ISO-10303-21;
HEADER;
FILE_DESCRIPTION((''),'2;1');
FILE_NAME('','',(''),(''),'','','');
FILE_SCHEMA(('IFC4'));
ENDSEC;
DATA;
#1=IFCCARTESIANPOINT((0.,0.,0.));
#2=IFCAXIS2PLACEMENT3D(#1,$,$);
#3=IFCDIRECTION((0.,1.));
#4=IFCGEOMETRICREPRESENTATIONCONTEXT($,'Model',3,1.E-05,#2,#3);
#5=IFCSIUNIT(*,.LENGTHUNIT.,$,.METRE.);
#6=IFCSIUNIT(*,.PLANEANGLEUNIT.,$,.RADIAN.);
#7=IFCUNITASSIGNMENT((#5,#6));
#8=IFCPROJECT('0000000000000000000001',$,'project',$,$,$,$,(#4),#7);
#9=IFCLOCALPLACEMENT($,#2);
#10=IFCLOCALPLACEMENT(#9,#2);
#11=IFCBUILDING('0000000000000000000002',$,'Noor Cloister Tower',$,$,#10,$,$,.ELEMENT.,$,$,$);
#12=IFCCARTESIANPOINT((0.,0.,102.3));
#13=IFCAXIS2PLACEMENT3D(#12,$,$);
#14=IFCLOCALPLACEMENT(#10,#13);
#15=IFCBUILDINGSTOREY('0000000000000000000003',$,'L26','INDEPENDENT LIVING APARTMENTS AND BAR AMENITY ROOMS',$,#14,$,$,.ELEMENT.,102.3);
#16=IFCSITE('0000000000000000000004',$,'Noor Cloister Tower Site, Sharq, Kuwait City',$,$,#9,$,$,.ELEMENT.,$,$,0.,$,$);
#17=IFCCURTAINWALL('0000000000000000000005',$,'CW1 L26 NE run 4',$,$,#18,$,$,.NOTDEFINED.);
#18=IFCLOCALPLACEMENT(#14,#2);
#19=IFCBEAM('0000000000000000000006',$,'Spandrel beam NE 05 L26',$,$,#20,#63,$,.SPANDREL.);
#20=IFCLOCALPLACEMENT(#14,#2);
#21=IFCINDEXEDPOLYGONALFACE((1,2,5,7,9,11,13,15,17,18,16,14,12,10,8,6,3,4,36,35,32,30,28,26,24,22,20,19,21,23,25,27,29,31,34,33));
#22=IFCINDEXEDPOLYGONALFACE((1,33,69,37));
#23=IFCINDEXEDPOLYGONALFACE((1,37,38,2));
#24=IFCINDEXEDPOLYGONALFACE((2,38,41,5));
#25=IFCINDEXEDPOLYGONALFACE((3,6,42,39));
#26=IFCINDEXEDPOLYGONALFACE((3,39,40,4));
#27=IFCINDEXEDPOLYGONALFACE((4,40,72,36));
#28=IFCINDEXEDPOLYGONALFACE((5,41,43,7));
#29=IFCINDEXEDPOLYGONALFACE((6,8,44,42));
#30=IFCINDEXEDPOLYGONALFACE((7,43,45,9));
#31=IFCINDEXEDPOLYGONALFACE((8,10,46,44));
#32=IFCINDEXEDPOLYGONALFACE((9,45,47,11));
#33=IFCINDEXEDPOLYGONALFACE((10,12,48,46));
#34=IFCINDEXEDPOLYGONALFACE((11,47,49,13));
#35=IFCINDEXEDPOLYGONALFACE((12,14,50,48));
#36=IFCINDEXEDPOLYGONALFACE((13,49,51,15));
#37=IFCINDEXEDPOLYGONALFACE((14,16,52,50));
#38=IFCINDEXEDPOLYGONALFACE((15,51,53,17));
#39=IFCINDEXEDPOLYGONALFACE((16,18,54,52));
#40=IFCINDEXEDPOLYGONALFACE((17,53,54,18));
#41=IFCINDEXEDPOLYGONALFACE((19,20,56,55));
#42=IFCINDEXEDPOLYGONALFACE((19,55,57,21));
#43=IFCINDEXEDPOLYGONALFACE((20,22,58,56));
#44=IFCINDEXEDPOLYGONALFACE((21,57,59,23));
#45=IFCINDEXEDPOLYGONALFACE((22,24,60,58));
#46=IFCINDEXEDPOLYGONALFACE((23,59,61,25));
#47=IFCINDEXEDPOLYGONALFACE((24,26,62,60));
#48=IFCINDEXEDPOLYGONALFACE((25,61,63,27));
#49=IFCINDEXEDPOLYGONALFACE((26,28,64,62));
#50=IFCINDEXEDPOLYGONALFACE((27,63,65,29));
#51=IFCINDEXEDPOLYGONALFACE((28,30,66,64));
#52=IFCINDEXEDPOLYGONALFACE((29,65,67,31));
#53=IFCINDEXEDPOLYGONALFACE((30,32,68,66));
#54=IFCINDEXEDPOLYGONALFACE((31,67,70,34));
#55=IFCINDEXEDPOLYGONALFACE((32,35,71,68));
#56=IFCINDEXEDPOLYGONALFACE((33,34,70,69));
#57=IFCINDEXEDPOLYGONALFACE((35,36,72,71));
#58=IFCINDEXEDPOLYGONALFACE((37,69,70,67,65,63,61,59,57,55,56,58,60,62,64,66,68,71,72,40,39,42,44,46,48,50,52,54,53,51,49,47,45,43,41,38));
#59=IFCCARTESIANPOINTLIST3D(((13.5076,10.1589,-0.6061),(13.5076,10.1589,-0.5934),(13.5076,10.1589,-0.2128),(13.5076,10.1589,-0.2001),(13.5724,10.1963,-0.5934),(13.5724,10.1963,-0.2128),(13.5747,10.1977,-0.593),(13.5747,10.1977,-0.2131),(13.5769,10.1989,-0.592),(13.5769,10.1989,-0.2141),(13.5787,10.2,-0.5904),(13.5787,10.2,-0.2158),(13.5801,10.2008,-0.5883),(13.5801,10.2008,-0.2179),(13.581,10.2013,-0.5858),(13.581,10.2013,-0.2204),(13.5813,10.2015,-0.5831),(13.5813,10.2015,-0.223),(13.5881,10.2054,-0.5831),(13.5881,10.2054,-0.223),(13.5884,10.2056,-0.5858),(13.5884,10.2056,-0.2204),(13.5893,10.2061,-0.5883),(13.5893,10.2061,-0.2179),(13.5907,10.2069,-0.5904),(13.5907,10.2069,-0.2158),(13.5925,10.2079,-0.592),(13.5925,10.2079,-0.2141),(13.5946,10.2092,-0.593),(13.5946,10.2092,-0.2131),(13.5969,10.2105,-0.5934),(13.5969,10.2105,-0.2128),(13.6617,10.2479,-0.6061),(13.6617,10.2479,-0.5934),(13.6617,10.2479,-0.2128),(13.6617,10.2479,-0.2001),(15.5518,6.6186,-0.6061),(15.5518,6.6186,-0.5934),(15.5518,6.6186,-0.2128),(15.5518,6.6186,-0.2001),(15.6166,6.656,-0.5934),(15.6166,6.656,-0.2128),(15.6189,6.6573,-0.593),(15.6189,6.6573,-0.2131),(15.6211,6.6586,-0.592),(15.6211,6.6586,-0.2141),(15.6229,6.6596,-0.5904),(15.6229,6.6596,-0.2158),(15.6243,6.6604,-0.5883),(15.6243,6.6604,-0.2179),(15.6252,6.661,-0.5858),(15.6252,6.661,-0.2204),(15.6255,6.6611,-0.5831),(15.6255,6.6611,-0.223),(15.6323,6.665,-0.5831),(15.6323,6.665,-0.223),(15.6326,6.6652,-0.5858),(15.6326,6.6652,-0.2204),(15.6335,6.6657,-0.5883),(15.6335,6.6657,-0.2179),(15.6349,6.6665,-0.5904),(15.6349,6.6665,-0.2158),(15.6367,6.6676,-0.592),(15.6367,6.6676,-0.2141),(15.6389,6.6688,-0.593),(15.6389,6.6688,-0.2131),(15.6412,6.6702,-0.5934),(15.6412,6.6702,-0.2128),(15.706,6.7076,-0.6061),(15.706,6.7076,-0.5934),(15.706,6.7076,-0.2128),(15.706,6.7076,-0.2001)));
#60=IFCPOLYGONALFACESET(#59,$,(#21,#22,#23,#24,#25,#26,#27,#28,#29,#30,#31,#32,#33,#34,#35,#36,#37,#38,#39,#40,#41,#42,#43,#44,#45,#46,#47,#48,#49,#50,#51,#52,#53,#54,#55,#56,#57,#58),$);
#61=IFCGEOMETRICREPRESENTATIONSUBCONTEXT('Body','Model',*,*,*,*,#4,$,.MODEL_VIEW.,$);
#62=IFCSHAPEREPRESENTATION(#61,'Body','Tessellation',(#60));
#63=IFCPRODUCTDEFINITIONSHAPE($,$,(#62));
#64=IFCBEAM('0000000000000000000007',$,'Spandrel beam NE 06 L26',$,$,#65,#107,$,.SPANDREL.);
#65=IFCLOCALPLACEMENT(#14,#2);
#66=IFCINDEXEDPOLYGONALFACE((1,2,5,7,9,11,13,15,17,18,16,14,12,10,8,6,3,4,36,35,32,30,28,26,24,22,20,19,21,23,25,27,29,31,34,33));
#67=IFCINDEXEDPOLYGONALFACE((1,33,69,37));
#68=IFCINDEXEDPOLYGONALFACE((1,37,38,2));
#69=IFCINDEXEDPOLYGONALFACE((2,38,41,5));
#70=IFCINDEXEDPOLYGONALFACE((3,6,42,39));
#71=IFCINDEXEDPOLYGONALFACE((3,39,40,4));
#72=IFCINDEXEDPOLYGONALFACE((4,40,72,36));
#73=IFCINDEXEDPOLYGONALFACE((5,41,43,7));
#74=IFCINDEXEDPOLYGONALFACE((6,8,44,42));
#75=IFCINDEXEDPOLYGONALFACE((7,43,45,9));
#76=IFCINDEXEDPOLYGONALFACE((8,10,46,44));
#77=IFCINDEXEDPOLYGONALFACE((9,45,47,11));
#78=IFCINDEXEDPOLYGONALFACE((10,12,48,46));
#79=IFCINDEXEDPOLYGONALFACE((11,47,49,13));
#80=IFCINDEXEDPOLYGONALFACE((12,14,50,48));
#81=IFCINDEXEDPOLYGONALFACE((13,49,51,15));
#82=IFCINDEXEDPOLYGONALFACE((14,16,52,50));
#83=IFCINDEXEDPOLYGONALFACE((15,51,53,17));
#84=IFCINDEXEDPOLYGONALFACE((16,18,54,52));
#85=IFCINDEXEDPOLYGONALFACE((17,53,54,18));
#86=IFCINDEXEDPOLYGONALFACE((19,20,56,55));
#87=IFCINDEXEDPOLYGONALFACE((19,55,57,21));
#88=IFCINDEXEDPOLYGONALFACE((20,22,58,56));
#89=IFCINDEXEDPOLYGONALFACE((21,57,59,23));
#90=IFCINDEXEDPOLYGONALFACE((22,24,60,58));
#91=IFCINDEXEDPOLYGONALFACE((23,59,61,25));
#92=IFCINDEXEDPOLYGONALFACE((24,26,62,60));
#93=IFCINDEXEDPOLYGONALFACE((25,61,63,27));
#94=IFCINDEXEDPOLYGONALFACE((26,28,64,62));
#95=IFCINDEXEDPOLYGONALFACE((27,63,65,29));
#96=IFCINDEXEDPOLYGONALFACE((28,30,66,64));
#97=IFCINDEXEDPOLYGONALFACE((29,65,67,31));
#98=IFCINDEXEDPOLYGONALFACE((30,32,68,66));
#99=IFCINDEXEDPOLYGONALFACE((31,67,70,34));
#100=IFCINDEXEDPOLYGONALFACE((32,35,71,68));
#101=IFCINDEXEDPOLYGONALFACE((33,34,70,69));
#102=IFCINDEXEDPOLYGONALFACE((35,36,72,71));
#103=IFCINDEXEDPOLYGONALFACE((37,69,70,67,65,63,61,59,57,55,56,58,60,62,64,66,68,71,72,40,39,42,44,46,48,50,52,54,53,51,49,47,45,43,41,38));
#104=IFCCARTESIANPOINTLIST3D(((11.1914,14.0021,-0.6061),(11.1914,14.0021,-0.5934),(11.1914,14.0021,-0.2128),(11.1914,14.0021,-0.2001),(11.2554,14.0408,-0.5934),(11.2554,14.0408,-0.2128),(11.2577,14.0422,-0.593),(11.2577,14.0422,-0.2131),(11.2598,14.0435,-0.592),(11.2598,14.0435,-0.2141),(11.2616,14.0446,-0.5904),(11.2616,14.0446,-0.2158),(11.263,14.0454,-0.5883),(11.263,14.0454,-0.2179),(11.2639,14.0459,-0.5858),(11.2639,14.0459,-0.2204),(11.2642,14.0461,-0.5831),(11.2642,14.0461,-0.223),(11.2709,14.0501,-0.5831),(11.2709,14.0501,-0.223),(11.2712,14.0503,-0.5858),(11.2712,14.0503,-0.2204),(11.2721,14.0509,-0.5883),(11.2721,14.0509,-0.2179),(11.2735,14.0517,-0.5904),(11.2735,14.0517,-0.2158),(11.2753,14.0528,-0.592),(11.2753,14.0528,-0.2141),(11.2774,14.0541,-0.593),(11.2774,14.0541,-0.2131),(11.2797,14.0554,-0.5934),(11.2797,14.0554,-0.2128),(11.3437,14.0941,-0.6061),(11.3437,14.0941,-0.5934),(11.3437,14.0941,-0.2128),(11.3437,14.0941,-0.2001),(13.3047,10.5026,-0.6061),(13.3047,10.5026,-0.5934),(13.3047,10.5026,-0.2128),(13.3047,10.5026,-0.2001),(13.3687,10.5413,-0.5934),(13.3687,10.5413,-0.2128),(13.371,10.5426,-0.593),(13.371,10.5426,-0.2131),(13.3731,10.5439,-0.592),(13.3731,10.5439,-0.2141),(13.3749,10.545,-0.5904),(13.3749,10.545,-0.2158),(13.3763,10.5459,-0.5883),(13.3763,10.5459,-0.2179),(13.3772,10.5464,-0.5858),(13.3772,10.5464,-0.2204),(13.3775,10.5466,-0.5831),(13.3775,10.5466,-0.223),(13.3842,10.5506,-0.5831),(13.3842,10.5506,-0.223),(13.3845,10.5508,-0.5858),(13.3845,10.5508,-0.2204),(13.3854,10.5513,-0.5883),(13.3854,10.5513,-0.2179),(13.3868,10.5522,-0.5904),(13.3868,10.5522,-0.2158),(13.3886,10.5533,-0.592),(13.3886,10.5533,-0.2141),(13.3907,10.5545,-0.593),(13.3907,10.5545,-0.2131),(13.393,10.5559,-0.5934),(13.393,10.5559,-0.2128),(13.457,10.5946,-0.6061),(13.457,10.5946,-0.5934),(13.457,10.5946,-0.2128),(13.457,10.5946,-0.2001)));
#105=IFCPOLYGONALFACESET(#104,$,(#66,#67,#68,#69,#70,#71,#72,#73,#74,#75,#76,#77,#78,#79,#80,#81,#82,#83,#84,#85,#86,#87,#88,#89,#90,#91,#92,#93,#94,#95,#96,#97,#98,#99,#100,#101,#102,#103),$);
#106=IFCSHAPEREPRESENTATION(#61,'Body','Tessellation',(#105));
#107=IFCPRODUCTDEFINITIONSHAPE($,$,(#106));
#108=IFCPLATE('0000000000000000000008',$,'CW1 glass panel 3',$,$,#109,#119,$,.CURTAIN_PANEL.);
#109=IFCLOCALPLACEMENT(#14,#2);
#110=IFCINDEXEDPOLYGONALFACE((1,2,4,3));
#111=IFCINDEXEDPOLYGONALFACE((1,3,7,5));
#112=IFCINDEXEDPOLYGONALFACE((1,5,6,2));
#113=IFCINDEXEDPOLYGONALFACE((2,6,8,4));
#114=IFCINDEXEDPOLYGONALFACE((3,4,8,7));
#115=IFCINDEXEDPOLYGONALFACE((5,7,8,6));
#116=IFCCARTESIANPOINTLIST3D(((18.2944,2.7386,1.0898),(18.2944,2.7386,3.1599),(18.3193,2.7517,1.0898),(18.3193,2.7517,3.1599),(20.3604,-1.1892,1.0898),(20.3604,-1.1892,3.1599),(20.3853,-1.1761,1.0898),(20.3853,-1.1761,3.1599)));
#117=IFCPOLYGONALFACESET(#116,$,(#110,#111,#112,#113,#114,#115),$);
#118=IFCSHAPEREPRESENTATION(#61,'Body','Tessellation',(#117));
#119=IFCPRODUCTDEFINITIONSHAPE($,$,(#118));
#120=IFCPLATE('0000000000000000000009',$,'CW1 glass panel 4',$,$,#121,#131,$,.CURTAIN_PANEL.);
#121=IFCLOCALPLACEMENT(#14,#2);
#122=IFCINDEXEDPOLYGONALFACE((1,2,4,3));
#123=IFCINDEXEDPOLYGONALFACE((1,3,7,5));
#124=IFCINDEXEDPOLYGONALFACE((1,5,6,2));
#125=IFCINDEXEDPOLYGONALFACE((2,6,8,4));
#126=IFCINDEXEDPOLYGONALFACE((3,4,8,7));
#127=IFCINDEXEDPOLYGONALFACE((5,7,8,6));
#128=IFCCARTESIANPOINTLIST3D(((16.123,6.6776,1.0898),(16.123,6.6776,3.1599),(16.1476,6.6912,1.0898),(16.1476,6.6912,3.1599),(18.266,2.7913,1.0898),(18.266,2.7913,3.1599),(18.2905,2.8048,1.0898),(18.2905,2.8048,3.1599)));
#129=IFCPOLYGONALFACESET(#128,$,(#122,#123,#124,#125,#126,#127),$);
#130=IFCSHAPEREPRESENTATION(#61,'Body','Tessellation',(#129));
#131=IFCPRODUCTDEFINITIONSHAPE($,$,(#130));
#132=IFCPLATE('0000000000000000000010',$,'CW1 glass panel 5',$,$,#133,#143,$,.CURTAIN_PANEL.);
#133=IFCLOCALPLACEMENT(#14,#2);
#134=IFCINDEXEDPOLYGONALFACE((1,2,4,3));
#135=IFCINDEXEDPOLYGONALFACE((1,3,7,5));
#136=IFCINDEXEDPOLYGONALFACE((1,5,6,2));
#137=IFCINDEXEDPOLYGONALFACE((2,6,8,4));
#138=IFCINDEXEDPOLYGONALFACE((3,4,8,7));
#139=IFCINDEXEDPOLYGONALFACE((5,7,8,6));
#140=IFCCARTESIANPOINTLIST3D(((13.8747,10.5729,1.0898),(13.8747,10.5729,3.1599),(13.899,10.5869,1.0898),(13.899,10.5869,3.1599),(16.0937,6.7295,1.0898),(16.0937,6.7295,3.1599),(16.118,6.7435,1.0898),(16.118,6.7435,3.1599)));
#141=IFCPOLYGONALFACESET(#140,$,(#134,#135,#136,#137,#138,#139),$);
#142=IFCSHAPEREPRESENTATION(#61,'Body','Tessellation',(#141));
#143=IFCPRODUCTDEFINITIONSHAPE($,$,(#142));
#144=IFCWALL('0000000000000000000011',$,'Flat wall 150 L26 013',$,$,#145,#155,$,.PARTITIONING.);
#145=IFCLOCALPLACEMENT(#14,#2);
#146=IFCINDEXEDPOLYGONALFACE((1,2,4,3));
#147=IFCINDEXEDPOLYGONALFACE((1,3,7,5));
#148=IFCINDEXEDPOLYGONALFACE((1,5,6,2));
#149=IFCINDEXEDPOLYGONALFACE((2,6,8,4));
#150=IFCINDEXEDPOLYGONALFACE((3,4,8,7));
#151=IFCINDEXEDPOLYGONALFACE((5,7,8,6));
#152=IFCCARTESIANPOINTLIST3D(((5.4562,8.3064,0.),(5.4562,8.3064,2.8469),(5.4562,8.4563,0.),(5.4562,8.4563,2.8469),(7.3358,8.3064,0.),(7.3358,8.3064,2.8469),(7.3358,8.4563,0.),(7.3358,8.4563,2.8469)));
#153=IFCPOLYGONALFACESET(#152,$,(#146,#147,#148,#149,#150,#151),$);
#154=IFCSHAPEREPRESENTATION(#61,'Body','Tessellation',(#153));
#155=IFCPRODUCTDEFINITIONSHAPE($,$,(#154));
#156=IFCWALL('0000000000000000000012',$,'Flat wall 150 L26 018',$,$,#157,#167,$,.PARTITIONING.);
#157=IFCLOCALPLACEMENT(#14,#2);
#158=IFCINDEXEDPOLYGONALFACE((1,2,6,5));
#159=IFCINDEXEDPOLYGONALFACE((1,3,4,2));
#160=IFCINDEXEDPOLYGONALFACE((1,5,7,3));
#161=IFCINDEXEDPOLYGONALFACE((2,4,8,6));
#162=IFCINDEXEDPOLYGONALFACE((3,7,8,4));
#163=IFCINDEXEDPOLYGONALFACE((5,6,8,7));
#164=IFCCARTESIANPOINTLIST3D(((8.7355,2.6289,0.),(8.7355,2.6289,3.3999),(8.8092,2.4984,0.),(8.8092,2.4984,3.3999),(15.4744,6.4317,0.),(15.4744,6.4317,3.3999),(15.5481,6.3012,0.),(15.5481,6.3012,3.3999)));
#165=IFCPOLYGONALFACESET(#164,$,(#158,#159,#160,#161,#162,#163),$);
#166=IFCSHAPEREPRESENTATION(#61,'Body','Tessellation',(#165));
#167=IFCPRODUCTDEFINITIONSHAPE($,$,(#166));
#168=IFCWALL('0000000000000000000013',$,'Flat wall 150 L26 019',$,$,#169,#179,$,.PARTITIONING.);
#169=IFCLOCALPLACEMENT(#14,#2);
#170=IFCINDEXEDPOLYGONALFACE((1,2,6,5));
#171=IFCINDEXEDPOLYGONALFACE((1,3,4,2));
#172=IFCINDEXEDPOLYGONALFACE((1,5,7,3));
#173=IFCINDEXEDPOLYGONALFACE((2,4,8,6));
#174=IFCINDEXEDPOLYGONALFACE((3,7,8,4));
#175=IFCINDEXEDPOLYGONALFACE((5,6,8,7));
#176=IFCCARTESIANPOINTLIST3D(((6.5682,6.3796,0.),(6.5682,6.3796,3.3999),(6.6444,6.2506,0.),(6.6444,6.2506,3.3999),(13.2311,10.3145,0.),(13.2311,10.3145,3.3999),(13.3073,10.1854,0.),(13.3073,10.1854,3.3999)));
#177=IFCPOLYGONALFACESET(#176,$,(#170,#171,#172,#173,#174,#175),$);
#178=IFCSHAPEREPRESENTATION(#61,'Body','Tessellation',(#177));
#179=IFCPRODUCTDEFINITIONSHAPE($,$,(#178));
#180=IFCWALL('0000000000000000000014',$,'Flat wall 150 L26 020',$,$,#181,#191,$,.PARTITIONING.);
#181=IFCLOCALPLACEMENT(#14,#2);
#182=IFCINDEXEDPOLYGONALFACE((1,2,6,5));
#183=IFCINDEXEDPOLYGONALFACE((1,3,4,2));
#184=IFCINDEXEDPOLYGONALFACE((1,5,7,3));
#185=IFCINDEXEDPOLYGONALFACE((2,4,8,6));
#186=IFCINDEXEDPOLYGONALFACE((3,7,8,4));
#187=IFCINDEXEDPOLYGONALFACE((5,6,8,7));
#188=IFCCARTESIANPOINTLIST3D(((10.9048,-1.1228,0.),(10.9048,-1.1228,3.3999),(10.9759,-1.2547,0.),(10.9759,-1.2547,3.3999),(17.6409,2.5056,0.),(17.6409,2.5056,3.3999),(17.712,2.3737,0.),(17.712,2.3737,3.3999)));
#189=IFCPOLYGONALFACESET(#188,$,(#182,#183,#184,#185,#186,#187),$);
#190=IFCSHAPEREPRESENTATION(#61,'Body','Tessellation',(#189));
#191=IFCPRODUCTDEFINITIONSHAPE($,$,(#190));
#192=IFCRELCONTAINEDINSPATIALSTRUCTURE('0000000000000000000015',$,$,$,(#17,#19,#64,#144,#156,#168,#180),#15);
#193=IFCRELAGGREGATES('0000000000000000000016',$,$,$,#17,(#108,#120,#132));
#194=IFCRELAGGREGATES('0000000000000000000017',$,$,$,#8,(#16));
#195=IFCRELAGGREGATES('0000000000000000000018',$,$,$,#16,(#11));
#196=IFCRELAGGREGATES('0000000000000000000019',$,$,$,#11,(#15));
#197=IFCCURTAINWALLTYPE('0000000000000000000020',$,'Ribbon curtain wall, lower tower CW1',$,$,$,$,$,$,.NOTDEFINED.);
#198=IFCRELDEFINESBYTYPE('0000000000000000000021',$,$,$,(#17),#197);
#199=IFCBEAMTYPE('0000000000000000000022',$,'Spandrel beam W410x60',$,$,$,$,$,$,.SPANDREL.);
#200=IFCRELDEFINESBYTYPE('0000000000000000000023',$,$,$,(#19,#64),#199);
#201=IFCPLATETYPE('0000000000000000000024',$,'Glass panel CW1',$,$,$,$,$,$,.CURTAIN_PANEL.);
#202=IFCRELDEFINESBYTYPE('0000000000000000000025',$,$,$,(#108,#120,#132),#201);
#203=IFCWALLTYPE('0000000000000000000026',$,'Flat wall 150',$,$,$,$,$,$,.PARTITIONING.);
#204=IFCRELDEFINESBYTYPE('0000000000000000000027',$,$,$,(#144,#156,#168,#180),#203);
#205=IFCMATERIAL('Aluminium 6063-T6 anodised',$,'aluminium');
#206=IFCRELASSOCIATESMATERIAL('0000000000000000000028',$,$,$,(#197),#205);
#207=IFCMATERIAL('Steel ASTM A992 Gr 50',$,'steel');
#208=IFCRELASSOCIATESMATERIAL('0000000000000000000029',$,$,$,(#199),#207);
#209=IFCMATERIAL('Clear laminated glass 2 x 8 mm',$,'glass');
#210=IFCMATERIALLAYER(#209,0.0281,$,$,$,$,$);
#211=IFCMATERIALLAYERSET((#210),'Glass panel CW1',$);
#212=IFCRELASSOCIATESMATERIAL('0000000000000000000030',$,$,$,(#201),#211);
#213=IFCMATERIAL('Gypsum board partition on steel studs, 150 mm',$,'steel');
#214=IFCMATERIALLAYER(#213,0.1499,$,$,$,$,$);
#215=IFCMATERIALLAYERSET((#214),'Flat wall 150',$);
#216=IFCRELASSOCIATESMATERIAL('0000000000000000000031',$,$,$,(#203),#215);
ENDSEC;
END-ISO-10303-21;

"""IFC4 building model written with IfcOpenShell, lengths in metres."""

from ifc_helpers import new_model, si_unit, direction, frame, frame_2d, origin, origin_2d, place, context, subcontext, project, spatial, rectangle, i_section, extrude, material, layer, layer_set, material_profile, profile_set, type_object, element, aggregate, save


model = new_model("IFC4")

# Units and contexts
model_context = context("Model", 3, precision=1e-05, world=origin(), true_north=direction((0.0, 1.0)))
body_context = subcontext(model_context, "Body", "Model", "MODEL_VIEW")
ifc_project = project(units=[si_unit("LENGTHUNIT", "METRE"), si_unit("PLANEANGLEUNIT", "RADIAN")], contexts=[model_context])

# Site, building, storey
site_placement = place(None, origin())
site = spatial("IfcSite", under=ifc_project, at=site_placement, Name="Noor Cloister Tower Site, Sharq, Kuwait City", CompositionType="ELEMENT", RefElevation=0.0)
building_placement = place(site_placement, origin())
building = spatial("IfcBuilding", under=site, at=building_placement, Name="Noor Cloister Tower", CompositionType="ELEMENT")
storey_placement = place(building_placement, frame((0.0, 0.0, 102.3)))
storey = spatial("IfcBuildingStorey", under=building, at=storey_placement, Name="L26", Description="INDEPENDENT LIVING APARTMENTS AND BAR AMENITY ROOMS", CompositionType="ELEMENT", Elevation=102.3)

# Curtain wall
ifc_material_1 = material(Name="Aluminium 6063-T6 anodised", Category="aluminium")
curtain_wall_type = type_object("IfcCurtainWallType", Name="Ribbon curtain wall, lower tower CW1", PredefinedType="NOTDEFINED", material=ifc_material_1)
curtain_wall_placement = place(storey_placement, origin())
curtain_wall = element("IfcCurtainWall", 1, at=curtain_wall_placement, inside=storey, type_object=curtain_wall_type, Name="CW1 L26 NE run 4", PredefinedType="NOTDEFINED")

# Beams
ifc_material_2 = material(Name="Steel ASTM A992 Gr 50", Category="steel")
ifc_material_profile_1 = material_profile(ifc_material_2, i_section(OverallWidth=0.178, OverallDepth=0.406, WebThickness=0.0078, FlangeThickness=0.0127, FilletRadius=0.0103, at=origin_2d()), Name="W410x60")
ifc_profile_set_1 = profile_set([ifc_material_profile_1], Name="Steel ASTM A992 Gr 50")
beam_type_1 = type_object("IfcBeamType", Name="Spandrel beam W410x60", PredefinedType="SPANDREL", material=ifc_profile_set_1)
for number, where, z_axis, x_axis, name in (
    (2, (15.6289, 6.6631, -0.4031), (-0.500038, 0.866004, 0.0), (-0.866004, -0.500038, 0.0), "Spandrel beam NE 05 L26"),
    (3, (13.3809, 10.5486, -0.4031), (-0.516935, 0.856025, 0.0), (-0.856025, -0.516935, 0.0), "Spandrel beam NE 06 L26"),
):
    element("IfcBeam", number, at=place(storey_placement, frame(where, z_axis=z_axis, x_axis=x_axis)), inside=storey, type_object=beam_type_1, Name=name, PredefinedType="SPANDREL", context=body_context, shape_type="SweptSolid", body=[
        extrude(i_section(OverallWidth=0.178, OverallDepth=0.406, WebThickness=0.0078, FlangeThickness=0.0127, FilletRadius=0.0103, at=origin_2d()), origin(), (0.0, 0.0, 1.0), 4.0881),
    ])

# Plates
ifc_material_3 = material(Name="Clear laminated glass 2 x 8 mm", Category="glass")
ifc_layer_1 = layer(ifc_material_3, 0.0281)
ifc_layer_set_1 = layer_set([ifc_layer_1], Name="Glass panel CW1")
plate_type = type_object("IfcPlateType", Name="Glass panel CW1", PredefinedType="CURTAIN_PANEL", material=ifc_layer_set_1)
plate_1_placement = place(storey_placement, frame((19.3398, 0.7812, 1.0898), z_axis=(0.0, 0.0, 1.0), x_axis=(-0.465529, 0.885033, 0.0)))
plate_1 = element("IfcPlate", 4, at=plate_1_placement, type_object=plate_type, Name="CW1 glass panel 3", PredefinedType="CURTAIN_PANEL", context=body_context, shape_type="SweptSolid", body=[
    extrude(rectangle(XDim=4.438, YDim=0.0281, at=origin_2d()), origin(), (0.0, 0.0, 1.0), 2.0701),
])
plate_2_placement = place(storey_placement, frame((17.2068, 4.7412, 1.0898), z_axis=(0.0, 0.0, 1.0), x_axis=(-0.482858, 0.875699, 0.0)))
plate_2 = element("IfcPlate", 5, at=plate_2_placement, type_object=plate_type, Name="CW1 glass panel 4", PredefinedType="CURTAIN_PANEL", context=body_context, shape_type="SweptSolid", body=[
    extrude(rectangle(XDim=4.438, YDim=0.0281, at=origin_2d()), origin(), (0.0, 0.0, 1.0), 2.0701),
])
plate_3_placement = place(storey_placement, frame((14.9963, 8.6582, 1.0898), z_axis=(0.0, 0.0, 1.0), x_axis=(-0.5, 0.866025, 0.0)))
plate_3 = element("IfcPlate", 6, at=plate_3_placement, type_object=plate_type, Name="CW1 glass panel 5", PredefinedType="CURTAIN_PANEL", context=body_context, shape_type="SweptSolid", body=[
    extrude(rectangle(XDim=4.438, YDim=0.0281, at=origin_2d()), origin(), (0.0, 0.0, 1.0), 2.0701),
])
aggregate(curtain_wall, [plate_1, plate_2, plate_3])

# Walls
ifc_material_4 = material(Name="Gypsum board partition on steel studs, 150 mm", Category="steel")
ifc_layer_2 = layer(ifc_material_4, 0.1499)
ifc_layer_set_2 = layer_set([ifc_layer_2], Name="Flat wall 150")
wall_type_1 = type_object("IfcWallType", Name="Flat wall 150", PredefinedType="PARTITIONING", material=ifc_layer_set_2)
wall_1_placement = place(storey_placement, frame((5.4561, 8.3813, 0.0), z_axis=(0.0, 0.0, 1.0), x_axis=(1.0, 0.0, 0.0)))
element("IfcWall", 7, at=wall_1_placement, inside=storey, type_object=wall_type_1, Name="Flat wall 150 L26 013", PredefinedType="PARTITIONING", context=body_context, shape_type="SweptSolid", body=[
    extrude(rectangle(XDim=1.8796, YDim=0.1499, at=frame_2d((0.9399, 0.0))), origin(), (0.0, 0.0, 1.0), 2.8469),
])
wall_2_placement = place(storey_placement, frame((15.5112, 6.3665, 0.0), z_axis=(0.0, 0.0, 1.0), x_axis=(-0.870902, -0.491456, 0.0)))
element("IfcWall", 8, at=wall_2_placement, inside=storey, type_object=wall_type_1, Name="Flat wall 150 L26 018", PredefinedType="PARTITIONING", context=body_context, shape_type="SweptSolid", body=[
    extrude(rectangle(XDim=7.7378, YDim=0.1499, at=frame_2d((3.8689, 0.0))), origin(), (0.0, 0.0, 1.0), 3.3999),
])
wall_3_placement = place(storey_placement, frame((13.2693, 10.25, 0.0), z_axis=(0.0, 0.0, 1.0), x_axis=(-0.861058, -0.508507, 0.0)))
element("IfcWall", 9, at=wall_3_placement, inside=storey, type_object=wall_type_1, Name="Flat wall 150 L26 019", PredefinedType="PARTITIONING", context=body_context, shape_type="SweptSolid", body=[
    extrude(rectangle(XDim=7.738, YDim=0.1499, at=frame_2d((3.8691, 0.0))), origin(), (0.0, 0.0, 1.0), 3.3999),
])
wall_4_placement = place(storey_placement, frame((17.6765, 2.4397, 0.0), z_axis=(0.0, 0.0, 1.0), x_axis=(-0.8804, -0.474231, 0.0)))
element("IfcWall", 10, at=wall_4_placement, inside=storey, type_object=wall_type_1, Name="Flat wall 150 L26 020", PredefinedType="PARTITIONING", context=body_context, shape_type="SweptSolid", body=[
    extrude(rectangle(XDim=7.6511, YDim=0.1499, at=frame_2d((3.8257, 0.0))), origin(), (0.0, 0.0, 1.0), 3.3999),
])

save(model, "model.ifc")
